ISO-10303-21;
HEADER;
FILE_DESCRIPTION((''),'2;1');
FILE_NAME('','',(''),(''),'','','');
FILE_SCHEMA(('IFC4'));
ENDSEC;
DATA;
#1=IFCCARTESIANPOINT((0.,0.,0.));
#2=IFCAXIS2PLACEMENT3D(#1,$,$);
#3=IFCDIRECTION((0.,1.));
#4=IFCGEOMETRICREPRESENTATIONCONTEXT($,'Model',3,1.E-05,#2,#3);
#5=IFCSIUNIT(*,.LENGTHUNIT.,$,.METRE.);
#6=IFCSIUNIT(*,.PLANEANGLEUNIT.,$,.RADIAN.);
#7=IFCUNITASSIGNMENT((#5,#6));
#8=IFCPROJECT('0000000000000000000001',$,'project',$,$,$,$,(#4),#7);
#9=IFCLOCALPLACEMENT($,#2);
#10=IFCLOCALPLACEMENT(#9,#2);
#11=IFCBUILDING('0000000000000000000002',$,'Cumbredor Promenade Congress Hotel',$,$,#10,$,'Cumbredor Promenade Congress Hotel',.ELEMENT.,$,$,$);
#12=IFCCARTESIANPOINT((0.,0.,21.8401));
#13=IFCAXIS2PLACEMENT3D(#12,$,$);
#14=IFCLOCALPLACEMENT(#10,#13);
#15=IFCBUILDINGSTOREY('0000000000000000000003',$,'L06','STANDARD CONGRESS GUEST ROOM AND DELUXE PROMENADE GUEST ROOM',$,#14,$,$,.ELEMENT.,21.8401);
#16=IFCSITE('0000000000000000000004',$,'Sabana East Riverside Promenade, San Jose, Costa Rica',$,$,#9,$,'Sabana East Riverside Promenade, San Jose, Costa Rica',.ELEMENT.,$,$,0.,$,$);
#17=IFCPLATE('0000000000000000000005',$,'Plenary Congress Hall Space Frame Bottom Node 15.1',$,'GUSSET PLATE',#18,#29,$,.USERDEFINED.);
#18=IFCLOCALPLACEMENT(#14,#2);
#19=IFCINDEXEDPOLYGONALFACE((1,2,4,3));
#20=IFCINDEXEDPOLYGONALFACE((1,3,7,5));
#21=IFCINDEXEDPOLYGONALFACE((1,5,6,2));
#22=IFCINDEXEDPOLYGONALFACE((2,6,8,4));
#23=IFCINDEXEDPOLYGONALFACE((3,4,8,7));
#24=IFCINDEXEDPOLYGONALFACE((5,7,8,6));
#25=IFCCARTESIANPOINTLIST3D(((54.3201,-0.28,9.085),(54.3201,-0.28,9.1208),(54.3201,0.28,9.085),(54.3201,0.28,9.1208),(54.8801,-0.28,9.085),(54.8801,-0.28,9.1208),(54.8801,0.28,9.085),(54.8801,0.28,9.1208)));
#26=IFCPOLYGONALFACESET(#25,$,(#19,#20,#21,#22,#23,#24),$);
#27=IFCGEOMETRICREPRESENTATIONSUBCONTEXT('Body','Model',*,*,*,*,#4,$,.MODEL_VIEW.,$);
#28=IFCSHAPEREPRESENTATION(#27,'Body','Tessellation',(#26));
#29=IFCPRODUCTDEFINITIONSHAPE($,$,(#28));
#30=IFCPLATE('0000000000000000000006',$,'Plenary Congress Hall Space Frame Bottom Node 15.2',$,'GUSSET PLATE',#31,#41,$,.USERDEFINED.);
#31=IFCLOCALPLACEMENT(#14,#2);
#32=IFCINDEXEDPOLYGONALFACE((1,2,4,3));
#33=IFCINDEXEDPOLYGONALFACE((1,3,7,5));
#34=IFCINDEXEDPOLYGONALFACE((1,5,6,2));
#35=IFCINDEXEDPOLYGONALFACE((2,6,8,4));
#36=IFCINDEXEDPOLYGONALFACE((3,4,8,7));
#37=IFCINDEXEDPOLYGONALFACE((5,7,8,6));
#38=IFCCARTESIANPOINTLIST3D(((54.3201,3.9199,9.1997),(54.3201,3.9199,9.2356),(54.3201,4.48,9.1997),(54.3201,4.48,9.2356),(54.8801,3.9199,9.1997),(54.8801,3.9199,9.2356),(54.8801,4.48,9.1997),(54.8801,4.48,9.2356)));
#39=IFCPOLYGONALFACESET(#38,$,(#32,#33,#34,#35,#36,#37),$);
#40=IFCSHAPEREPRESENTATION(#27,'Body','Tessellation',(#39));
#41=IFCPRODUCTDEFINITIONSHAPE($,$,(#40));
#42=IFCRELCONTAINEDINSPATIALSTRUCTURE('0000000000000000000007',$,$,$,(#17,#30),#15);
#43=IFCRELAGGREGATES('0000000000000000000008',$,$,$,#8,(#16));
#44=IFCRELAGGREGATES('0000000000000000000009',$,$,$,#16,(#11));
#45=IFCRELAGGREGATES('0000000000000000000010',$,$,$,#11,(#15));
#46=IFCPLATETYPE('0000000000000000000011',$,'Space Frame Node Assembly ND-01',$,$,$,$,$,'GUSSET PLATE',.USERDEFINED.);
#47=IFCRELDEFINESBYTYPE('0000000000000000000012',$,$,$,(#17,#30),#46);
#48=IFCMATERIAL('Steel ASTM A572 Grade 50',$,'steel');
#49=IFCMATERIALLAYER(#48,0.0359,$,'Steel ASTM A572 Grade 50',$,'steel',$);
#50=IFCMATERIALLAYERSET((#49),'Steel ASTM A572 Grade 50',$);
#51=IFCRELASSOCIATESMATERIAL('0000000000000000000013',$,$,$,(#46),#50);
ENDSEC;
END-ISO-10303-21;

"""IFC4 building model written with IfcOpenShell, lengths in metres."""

from ifc_helpers import new_model, si_unit, direction, frame, origin, origin_2d, place, context, subcontext, project, spatial, rectangle, extrude, material, layer, layer_set, type_object, element, save


model = new_model("IFC4")

# Units and contexts
model_context = context("Model", 3, precision=1e-05, world=origin(), true_north=direction((0.0, 1.0)))
body_context = subcontext(model_context, "Body", "Model", "MODEL_VIEW")
ifc_project = project(units=[si_unit("LENGTHUNIT", "METRE"), si_unit("PLANEANGLEUNIT", "RADIAN")], contexts=[model_context])

# Site, building, storey
site_placement = place(None, origin())
site = spatial("IfcSite", under=ifc_project, at=site_placement, Name="Sabana East Riverside Promenade, San Jose, Costa Rica", LongName="Sabana East Riverside Promenade, San Jose, Costa Rica", CompositionType="ELEMENT", RefElevation=0.0)
building_placement = place(site_placement, origin())
building = spatial("IfcBuilding", under=site, at=building_placement, Name="Cumbredor Promenade Congress Hotel", LongName="Cumbredor Promenade Congress Hotel", CompositionType="ELEMENT")
storey_placement = place(building_placement, frame((0.0, 0.0, 21.8401)))
storey = spatial("IfcBuildingStorey", under=building, at=storey_placement, Name="L06", Description="STANDARD CONGRESS GUEST ROOM AND DELUXE PROMENADE GUEST ROOM", CompositionType="ELEMENT", Elevation=21.8401)

# Plates
ifc_material_1 = material(Name="Steel ASTM A572 Grade 50", Category="steel")
ifc_layer_1 = layer(ifc_material_1, 0.0359, Name="Steel ASTM A572 Grade 50", Category="steel")
ifc_layer_set_1 = layer_set([ifc_layer_1], Name="Steel ASTM A572 Grade 50")
plate_type_1 = type_object("IfcPlateType", Name="Space Frame Node Assembly ND-01", ElementType="GUSSET PLATE", PredefinedType="USERDEFINED", material=ifc_layer_set_1)
for number, where, z_axis, x_axis, name in (
    (1, (54.6001, 0.0, 9.085), (0.0, 0.0, 1.0), (1.0, 0.0, 0.0), "Plenary Congress Hall Space Frame Bottom Node 15.1"),
    (2, (54.6001, 4.2, 9.1997), (0.0, 0.0, 1.0), (1.0, 0.0, 0.0), "Plenary Congress Hall Space Frame Bottom Node 15.2"),
):
    element("IfcPlate", number, at=place(storey_placement, frame(where, z_axis=z_axis, x_axis=x_axis)), inside=storey, type_object=plate_type_1, Name=name, ObjectType="GUSSET PLATE", PredefinedType="USERDEFINED", context=body_context, shape_type="SweptSolid", body=[
        extrude(rectangle(XDim=0.5601, YDim=0.5601, at=origin_2d()), origin(), (0.0, 0.0, 1.0), 0.0359),
    ])

save(model, "model.ifc")
